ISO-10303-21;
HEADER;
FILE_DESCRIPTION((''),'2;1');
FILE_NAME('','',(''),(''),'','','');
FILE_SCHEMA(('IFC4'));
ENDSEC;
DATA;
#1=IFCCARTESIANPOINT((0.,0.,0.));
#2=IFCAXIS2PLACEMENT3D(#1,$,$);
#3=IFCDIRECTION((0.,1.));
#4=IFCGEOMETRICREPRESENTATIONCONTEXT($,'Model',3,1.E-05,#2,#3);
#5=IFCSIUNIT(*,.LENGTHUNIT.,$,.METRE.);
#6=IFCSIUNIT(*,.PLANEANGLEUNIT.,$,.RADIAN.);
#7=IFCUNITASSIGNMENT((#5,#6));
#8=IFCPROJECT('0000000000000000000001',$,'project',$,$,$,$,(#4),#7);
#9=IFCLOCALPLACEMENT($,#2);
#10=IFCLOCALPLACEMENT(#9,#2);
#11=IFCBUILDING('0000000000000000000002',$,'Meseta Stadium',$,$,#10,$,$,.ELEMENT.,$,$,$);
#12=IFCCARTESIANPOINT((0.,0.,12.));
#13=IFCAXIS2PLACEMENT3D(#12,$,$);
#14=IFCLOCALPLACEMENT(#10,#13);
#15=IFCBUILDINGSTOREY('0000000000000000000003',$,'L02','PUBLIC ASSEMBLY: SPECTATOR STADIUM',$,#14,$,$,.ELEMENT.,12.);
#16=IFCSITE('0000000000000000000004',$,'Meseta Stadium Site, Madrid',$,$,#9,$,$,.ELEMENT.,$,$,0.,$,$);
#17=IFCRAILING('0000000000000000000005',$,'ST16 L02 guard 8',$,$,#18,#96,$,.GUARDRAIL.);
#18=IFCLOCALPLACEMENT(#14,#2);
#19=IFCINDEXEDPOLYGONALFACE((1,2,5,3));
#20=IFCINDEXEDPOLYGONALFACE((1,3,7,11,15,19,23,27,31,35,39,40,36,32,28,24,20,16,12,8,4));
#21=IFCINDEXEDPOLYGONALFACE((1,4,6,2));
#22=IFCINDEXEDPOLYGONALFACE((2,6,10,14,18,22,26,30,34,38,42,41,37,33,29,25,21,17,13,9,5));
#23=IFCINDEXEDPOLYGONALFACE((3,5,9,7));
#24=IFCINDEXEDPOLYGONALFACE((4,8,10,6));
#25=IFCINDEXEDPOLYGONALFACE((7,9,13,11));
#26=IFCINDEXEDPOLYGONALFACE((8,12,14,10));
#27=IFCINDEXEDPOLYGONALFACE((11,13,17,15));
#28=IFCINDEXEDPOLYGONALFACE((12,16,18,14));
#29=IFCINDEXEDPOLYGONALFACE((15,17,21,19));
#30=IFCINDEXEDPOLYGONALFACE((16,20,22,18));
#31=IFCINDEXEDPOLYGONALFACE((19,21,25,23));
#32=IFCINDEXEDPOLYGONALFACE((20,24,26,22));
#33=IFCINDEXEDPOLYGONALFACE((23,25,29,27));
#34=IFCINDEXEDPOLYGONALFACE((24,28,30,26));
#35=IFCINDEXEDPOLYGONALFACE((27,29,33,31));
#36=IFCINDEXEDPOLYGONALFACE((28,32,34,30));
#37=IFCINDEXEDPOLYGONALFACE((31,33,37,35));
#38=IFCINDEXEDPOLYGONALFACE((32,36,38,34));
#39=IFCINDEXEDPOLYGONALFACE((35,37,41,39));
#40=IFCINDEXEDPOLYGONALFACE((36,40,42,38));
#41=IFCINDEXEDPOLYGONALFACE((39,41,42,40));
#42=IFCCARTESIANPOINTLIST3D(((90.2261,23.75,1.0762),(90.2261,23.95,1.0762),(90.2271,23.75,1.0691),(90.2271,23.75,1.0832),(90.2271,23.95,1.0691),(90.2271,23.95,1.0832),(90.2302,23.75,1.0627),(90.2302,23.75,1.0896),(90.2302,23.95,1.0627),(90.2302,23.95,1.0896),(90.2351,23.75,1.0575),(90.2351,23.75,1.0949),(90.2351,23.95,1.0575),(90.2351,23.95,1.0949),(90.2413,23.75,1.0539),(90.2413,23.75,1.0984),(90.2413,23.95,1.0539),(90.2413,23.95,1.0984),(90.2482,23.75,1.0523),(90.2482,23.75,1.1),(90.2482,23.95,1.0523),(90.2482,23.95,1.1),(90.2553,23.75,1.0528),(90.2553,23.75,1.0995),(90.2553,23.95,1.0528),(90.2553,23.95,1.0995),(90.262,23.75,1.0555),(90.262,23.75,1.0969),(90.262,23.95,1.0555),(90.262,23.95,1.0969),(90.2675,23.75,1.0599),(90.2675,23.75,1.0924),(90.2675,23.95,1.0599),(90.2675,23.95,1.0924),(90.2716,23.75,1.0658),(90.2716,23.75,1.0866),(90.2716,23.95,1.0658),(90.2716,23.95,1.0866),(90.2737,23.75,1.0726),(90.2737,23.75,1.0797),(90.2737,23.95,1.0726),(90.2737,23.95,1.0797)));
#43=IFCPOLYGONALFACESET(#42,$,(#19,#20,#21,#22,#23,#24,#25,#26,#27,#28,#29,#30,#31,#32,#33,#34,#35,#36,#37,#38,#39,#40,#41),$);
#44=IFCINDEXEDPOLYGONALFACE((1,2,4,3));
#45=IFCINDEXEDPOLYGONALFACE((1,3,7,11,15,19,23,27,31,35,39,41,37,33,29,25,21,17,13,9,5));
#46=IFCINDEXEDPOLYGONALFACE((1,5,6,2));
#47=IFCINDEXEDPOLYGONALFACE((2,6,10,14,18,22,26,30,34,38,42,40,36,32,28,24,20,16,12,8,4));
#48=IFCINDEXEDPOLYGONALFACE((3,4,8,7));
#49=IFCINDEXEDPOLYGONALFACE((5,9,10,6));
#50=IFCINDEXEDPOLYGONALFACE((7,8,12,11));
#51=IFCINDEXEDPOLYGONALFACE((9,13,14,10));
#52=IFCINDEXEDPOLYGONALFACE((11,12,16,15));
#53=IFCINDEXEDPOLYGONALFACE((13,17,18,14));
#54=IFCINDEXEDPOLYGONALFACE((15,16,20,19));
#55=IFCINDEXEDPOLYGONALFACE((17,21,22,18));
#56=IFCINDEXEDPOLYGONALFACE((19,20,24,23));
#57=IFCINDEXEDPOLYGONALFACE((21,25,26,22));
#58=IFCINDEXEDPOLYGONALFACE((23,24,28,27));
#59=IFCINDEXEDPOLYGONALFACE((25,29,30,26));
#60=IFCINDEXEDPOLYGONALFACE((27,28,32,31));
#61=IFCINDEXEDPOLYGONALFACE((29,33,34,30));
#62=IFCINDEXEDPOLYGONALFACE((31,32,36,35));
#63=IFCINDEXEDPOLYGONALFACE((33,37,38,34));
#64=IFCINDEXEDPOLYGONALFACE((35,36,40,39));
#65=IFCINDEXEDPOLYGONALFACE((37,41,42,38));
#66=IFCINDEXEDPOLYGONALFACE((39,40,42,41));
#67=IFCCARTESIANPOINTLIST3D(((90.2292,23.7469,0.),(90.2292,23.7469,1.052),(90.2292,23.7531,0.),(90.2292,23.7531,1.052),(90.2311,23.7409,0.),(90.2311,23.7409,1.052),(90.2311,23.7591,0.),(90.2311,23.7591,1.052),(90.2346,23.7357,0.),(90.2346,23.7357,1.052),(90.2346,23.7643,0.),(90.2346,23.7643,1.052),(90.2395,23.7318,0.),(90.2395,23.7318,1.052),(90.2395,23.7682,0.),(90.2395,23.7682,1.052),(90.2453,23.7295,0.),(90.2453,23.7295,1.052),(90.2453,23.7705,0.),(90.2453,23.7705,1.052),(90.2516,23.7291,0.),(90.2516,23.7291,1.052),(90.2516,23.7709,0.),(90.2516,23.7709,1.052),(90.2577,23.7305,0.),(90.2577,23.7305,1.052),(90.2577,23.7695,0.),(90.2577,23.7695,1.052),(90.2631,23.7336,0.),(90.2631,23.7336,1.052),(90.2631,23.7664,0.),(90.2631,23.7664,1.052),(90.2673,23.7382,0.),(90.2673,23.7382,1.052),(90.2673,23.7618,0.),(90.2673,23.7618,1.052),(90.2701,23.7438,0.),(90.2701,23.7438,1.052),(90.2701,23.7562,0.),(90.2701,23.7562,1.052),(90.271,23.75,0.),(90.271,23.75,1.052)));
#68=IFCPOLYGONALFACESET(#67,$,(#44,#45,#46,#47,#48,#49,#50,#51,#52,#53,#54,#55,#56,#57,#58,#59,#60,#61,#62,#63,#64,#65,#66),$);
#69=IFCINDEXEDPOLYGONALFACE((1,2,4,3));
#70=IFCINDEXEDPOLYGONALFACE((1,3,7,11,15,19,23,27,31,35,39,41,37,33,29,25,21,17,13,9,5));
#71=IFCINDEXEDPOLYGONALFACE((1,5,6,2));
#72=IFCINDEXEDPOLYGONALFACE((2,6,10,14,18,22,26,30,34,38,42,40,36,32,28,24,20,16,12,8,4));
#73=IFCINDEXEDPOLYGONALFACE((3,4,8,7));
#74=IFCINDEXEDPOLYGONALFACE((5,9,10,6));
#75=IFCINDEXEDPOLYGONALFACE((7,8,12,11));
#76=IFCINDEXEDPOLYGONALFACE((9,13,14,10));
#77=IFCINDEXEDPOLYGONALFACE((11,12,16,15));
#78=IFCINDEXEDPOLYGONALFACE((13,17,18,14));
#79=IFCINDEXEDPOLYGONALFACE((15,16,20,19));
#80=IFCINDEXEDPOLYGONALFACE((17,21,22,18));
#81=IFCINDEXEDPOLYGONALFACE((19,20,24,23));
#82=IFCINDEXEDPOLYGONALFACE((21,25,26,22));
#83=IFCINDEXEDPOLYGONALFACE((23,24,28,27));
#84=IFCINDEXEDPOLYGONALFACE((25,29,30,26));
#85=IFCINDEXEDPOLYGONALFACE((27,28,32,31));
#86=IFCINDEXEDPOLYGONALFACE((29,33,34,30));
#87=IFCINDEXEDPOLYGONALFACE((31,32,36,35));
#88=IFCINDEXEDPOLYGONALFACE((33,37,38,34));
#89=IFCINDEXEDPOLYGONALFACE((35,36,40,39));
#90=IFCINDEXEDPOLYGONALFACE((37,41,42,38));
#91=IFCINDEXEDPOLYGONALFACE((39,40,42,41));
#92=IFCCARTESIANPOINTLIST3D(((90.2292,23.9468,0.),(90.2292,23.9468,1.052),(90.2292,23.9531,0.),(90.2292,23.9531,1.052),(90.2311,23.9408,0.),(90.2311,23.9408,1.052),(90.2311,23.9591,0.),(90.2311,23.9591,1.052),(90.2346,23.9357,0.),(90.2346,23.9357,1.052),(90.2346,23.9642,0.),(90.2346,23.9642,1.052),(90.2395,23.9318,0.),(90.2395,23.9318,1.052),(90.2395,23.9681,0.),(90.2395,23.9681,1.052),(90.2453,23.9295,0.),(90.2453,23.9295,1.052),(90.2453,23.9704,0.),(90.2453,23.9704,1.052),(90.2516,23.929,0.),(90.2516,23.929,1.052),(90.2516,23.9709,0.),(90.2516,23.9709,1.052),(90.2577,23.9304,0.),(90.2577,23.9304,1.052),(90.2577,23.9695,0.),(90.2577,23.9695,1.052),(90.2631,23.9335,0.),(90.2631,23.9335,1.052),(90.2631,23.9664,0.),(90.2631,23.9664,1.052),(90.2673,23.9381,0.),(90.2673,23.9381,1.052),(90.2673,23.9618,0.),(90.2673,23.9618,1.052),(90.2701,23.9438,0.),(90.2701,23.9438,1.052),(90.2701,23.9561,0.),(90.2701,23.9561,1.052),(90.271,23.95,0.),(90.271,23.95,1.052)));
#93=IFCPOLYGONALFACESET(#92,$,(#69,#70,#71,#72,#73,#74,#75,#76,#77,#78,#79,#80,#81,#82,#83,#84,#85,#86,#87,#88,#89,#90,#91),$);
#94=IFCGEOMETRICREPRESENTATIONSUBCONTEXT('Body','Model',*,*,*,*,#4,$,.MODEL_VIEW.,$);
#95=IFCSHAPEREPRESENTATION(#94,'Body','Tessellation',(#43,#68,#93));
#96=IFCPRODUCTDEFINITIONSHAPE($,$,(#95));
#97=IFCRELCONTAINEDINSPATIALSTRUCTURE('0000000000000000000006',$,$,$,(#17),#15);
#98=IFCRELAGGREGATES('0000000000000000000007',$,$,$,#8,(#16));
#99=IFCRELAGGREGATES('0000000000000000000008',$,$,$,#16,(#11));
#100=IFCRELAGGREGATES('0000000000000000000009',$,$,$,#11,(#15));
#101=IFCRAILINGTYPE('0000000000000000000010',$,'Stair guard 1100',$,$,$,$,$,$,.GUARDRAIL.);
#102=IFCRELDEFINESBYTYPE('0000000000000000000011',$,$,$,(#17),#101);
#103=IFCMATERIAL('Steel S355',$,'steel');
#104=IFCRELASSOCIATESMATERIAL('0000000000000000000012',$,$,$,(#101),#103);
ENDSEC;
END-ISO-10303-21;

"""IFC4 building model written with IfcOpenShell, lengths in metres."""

from ifc_helpers import new_model, si_unit, direction, frame, origin, origin_2d, place, context, subcontext, project, spatial, circle, extrude, material, type_object, element, save


model = new_model("IFC4")

# Units and contexts
model_context = context("Model", 3, precision=1e-05, world=origin(), true_north=direction((0.0, 1.0)))
body_context = subcontext(model_context, "Body", "Model", "MODEL_VIEW")
ifc_project = project(units=[si_unit("LENGTHUNIT", "METRE"), si_unit("PLANEANGLEUNIT", "RADIAN")], contexts=[model_context])

# Site, building, storey
site_placement = place(None, origin())
site = spatial("IfcSite", under=ifc_project, at=site_placement, Name="Meseta Stadium Site, Madrid", CompositionType="ELEMENT", RefElevation=0.0)
building_placement = place(site_placement, origin())
building = spatial("IfcBuilding", under=site, at=building_placement, Name="Meseta Stadium", CompositionType="ELEMENT")
storey_placement = place(building_placement, frame((0.0, 0.0, 12.0)))
storey = spatial("IfcBuildingStorey", under=building, at=storey_placement, Name="L02", Description="PUBLIC ASSEMBLY: SPECTATOR STADIUM", CompositionType="ELEMENT", Elevation=12.0)

# Railing
ifc_material_1 = material(Name="Steel S355", Category="steel")
railing_type_1 = type_object("IfcRailingType", Name="Stair guard 1100", PredefinedType="GUARDRAIL", material=ifc_material_1)
railing_1_placement = place(storey_placement, frame((90.25, 23.75, 0.0)))
element("IfcRailing", 1, at=railing_1_placement, inside=storey, type_object=railing_type_1, Name="ST16 L02 guard 8", PredefinedType="GUARDRAIL", context=body_context, shape_type="SweptSolid", body=[
    extrude(circle(Radius=0.0239, at=origin_2d()), frame((0.0, 0.0, 1.0762), z_axis=(0.0, 1.0, 0.0), x_axis=(-1.0, 0.0, 0.0)), (0.0, 0.0, 1.0), 0.2),
    extrude(circle(Radius=0.021, at=origin_2d()), origin(), (0.0, 0.0, 1.0), 1.052),
    extrude(circle(Radius=0.021, at=origin_2d()), frame((0.0, 0.2, 0.0)), (0.0, 0.0, 1.0), 1.052),
])

save(model, "model.ifc")
